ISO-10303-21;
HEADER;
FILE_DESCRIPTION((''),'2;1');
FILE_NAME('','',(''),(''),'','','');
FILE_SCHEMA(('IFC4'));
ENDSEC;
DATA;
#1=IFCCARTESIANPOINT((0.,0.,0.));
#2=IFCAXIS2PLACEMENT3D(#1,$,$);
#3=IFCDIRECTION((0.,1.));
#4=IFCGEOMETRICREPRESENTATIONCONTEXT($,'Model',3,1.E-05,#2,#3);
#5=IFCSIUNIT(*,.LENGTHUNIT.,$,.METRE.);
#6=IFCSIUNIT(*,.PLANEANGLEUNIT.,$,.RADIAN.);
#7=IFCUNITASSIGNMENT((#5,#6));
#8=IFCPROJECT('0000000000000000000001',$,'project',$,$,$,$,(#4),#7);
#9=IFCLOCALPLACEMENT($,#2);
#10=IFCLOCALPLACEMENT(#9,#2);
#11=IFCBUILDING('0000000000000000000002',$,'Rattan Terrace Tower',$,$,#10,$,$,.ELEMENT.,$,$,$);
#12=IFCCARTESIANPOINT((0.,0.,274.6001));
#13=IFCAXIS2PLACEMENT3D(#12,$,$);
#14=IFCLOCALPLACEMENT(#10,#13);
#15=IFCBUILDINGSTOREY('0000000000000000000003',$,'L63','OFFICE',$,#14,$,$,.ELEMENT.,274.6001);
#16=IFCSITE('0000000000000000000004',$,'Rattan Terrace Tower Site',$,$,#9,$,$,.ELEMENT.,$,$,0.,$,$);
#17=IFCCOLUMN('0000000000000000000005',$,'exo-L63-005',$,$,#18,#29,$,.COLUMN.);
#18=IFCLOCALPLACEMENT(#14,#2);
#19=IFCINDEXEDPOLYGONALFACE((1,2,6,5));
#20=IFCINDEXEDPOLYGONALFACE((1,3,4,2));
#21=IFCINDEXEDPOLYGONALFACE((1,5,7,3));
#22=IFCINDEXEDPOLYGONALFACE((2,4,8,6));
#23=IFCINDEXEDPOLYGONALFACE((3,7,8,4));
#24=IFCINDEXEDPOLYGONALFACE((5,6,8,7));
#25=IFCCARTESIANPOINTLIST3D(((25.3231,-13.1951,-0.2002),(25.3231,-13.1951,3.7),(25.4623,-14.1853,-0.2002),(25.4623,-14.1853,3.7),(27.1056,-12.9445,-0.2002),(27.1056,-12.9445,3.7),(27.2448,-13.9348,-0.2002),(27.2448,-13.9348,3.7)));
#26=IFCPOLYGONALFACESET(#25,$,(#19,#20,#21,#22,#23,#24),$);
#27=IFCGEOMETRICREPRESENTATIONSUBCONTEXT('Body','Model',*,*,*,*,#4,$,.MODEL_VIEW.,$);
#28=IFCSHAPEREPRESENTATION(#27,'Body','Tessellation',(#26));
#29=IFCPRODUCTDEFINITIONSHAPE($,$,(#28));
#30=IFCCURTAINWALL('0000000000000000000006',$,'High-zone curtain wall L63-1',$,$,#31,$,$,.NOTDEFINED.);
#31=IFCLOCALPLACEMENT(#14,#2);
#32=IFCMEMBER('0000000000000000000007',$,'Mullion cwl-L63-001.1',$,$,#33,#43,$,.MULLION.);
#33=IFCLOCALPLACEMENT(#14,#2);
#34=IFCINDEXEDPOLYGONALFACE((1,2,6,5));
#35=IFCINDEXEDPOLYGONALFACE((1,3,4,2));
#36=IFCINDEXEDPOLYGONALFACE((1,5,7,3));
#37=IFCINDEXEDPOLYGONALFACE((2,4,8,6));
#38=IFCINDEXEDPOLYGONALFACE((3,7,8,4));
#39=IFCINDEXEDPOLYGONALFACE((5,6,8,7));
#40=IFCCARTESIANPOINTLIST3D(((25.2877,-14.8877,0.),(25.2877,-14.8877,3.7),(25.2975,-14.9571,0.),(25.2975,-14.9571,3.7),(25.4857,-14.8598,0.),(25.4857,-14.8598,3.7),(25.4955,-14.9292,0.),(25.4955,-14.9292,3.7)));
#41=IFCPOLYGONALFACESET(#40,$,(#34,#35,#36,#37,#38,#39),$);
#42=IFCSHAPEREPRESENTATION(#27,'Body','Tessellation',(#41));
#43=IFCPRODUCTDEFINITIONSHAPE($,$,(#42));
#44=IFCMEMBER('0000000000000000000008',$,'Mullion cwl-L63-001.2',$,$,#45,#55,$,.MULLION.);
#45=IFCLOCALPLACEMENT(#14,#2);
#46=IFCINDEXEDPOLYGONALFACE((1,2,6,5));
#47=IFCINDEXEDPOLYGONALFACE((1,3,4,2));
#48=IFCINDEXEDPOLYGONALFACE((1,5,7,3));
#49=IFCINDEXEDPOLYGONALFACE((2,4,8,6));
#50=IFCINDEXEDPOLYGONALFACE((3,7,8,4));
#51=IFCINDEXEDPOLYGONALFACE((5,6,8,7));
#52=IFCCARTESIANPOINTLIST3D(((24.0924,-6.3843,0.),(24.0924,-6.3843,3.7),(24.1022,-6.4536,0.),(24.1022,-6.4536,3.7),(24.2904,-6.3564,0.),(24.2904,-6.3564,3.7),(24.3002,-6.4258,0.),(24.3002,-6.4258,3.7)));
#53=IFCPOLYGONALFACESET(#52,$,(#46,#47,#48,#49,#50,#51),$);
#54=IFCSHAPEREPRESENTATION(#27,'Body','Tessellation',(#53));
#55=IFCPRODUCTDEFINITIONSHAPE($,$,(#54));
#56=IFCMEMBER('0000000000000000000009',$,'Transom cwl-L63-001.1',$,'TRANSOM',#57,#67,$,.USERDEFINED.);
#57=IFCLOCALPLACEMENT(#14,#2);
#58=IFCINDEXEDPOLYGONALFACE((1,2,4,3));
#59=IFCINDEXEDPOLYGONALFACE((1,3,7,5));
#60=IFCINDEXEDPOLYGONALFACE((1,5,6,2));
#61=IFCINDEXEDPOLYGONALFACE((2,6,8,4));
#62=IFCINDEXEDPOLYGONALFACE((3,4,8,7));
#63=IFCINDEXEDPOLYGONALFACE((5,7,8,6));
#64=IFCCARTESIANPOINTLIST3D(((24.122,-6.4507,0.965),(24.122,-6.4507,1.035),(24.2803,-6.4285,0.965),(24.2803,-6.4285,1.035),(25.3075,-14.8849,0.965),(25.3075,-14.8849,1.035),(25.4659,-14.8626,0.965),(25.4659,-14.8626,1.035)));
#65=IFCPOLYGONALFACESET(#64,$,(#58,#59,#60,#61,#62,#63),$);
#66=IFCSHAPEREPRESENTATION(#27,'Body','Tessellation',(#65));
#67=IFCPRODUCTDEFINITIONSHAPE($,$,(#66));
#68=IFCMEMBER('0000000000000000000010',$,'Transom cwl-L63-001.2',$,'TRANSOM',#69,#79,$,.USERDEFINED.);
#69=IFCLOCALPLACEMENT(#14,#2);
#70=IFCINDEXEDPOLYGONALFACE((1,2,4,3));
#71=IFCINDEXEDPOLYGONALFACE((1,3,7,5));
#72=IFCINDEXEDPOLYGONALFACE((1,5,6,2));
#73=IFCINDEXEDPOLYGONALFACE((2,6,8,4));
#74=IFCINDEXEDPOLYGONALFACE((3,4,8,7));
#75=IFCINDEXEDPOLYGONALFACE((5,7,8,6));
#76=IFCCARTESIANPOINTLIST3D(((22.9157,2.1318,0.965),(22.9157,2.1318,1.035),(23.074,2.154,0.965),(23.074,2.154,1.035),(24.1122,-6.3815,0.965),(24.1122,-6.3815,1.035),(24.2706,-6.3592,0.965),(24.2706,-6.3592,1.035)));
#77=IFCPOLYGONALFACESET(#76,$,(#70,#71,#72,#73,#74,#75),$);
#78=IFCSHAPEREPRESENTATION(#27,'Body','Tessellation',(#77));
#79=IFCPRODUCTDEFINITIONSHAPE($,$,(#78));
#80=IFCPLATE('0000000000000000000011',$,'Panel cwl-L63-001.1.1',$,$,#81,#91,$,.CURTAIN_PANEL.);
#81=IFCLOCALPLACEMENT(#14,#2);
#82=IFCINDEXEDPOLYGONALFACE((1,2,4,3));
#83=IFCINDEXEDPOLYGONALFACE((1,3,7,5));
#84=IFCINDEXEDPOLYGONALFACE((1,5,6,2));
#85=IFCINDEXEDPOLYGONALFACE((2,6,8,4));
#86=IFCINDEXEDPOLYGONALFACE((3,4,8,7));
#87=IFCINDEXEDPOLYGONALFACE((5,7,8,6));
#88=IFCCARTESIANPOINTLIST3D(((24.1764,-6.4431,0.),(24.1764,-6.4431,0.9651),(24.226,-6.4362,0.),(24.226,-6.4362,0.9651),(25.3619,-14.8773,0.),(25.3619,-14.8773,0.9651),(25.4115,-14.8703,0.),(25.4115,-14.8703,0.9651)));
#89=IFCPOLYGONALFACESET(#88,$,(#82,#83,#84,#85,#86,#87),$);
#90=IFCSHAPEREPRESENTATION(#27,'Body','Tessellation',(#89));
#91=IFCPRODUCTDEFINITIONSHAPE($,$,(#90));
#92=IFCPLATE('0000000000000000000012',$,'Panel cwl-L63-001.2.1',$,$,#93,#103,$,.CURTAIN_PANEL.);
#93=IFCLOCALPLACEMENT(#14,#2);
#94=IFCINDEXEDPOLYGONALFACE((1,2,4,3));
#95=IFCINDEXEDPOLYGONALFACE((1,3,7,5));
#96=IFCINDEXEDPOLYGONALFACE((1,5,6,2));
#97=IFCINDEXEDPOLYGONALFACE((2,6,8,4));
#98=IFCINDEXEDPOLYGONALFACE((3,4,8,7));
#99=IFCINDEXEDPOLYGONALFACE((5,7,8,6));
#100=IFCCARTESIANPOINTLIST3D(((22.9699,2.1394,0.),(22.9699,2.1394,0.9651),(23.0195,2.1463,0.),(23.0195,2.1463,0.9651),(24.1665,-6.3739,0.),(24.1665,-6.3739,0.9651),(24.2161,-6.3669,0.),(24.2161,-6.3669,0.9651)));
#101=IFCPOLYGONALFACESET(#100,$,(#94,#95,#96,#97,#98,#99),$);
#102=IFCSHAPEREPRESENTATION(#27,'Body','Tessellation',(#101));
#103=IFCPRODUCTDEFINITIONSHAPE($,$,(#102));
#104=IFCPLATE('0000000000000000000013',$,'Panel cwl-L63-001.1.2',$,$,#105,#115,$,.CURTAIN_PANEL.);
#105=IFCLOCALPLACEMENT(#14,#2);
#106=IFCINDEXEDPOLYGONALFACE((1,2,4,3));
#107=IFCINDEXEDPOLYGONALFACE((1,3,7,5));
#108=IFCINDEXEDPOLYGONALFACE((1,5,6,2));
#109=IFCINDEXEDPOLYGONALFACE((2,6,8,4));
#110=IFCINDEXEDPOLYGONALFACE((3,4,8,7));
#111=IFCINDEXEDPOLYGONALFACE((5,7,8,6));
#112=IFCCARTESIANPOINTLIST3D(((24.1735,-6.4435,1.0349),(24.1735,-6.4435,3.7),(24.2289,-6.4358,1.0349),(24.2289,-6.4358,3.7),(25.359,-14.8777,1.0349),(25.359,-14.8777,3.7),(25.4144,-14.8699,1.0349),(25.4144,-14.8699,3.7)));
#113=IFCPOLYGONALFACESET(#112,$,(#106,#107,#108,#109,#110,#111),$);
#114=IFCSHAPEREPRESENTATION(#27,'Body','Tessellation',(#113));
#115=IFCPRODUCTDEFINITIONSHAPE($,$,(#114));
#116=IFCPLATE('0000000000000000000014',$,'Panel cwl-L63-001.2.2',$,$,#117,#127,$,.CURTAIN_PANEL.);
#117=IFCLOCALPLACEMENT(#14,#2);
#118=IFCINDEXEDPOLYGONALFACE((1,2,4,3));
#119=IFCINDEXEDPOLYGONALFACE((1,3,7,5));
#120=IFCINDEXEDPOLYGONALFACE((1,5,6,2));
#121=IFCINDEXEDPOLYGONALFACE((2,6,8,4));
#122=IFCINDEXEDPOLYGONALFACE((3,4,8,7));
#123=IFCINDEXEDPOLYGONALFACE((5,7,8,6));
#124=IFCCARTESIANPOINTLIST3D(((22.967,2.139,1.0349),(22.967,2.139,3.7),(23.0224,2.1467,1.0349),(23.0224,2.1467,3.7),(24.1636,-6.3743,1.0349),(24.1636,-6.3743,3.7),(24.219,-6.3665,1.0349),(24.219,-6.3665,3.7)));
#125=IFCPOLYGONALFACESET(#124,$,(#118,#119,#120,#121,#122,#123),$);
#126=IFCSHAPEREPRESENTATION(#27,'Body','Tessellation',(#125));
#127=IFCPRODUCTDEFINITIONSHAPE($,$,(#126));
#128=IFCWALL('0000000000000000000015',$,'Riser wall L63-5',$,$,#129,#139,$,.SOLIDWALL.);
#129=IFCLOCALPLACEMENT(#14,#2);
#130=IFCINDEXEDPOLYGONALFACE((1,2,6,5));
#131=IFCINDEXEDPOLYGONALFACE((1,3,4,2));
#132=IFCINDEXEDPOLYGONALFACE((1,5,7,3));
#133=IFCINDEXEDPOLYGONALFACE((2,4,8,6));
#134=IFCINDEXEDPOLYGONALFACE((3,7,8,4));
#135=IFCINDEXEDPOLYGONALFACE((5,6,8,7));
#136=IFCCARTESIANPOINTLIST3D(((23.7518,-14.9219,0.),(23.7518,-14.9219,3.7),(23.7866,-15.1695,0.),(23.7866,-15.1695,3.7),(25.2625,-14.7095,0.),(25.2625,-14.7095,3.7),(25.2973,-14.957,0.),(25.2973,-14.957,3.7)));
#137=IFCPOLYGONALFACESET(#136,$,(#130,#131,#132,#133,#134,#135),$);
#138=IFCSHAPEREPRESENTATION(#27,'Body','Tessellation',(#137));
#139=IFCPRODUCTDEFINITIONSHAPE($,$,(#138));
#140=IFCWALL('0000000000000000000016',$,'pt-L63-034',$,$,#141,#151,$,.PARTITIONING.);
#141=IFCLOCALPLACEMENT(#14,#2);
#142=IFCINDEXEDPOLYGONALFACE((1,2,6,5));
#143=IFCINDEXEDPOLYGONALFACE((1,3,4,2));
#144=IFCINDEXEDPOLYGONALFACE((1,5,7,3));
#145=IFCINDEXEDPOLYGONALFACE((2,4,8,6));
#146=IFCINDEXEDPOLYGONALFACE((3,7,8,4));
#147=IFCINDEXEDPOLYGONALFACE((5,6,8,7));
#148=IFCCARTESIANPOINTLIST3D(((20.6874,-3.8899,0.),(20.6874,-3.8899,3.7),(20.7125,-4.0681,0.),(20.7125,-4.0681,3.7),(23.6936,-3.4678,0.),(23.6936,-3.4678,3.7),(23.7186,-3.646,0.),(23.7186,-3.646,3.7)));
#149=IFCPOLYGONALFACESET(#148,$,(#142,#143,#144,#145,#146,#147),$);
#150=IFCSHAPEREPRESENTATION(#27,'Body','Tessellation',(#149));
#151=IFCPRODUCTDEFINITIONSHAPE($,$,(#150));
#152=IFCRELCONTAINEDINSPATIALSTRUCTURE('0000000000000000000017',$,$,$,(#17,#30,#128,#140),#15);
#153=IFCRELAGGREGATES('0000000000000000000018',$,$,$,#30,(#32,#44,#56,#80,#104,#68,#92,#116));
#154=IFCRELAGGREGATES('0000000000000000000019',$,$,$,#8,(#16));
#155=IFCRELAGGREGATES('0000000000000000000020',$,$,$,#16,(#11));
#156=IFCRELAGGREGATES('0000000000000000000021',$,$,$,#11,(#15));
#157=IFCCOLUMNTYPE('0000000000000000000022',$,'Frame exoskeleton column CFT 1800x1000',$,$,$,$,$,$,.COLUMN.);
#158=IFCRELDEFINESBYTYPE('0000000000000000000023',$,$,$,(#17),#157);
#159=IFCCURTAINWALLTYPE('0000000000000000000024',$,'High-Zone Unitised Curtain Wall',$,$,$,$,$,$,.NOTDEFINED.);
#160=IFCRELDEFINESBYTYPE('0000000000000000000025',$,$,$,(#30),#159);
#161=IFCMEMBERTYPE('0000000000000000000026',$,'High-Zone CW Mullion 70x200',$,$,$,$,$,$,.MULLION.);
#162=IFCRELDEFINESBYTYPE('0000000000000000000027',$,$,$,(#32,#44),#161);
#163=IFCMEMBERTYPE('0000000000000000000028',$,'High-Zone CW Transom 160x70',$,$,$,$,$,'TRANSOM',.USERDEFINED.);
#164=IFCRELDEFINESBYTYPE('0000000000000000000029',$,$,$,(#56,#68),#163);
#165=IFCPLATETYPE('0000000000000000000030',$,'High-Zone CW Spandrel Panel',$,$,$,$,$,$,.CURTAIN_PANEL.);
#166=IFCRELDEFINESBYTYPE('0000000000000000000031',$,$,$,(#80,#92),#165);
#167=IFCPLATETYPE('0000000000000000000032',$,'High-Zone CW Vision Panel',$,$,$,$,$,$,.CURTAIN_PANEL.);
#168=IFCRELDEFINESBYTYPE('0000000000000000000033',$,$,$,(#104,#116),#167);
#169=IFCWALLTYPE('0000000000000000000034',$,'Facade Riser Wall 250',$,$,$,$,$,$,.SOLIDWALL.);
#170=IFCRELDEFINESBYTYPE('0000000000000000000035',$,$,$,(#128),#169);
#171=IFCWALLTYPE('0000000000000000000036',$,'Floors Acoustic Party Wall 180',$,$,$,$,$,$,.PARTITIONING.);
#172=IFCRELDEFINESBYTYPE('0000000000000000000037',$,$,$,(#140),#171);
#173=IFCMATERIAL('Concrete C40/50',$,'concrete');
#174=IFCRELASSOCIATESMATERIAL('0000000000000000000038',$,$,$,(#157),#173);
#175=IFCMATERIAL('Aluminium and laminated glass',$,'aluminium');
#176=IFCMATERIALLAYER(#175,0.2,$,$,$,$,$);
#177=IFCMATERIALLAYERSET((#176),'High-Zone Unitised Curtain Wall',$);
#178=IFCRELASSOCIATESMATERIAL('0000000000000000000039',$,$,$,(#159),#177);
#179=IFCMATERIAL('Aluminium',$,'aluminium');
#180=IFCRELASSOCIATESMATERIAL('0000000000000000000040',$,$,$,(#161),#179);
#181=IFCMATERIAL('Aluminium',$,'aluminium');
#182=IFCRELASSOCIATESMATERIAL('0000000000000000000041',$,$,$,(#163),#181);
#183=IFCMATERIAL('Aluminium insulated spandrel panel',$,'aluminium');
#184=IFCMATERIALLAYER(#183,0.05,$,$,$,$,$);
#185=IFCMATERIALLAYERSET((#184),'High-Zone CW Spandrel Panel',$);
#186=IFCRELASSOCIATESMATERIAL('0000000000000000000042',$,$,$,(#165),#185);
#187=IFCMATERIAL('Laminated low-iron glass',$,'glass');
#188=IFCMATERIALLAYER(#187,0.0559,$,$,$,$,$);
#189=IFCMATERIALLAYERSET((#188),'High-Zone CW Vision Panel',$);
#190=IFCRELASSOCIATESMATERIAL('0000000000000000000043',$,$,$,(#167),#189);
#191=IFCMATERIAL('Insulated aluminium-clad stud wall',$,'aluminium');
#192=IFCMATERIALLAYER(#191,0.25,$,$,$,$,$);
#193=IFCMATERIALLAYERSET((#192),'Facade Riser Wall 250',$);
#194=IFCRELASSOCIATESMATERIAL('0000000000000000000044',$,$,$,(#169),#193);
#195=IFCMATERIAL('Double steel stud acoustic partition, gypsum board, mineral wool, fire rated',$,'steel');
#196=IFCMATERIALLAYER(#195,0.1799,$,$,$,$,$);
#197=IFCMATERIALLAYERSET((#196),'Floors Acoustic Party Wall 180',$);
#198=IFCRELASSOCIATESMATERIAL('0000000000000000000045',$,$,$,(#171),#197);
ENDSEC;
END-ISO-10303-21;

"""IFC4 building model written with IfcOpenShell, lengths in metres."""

from ifc_helpers import new_model, si_unit, direction, frame, frame_2d, origin, origin_2d, place, context, subcontext, project, spatial, rectangle, extrude, material, layer, layer_set, material_profile, profile_set, type_object, element, aggregate, save


model = new_model("IFC4")

# Units and contexts
model_context = context("Model", 3, precision=1e-05, world=origin(), true_north=direction((0.0, 1.0)))
body_context = subcontext(model_context, "Body", "Model", "MODEL_VIEW")
ifc_project = project(units=[si_unit("LENGTHUNIT", "METRE"), si_unit("PLANEANGLEUNIT", "RADIAN")], contexts=[model_context])

# Site, building, storey
site_placement = place(None, origin())
site = spatial("IfcSite", under=ifc_project, at=site_placement, Name="Rattan Terrace Tower Site", CompositionType="ELEMENT", RefElevation=0.0)
building_placement = place(site_placement, origin())
building = spatial("IfcBuilding", under=site, at=building_placement, Name="Rattan Terrace Tower", CompositionType="ELEMENT")
storey_placement = place(building_placement, frame((0.0, 0.0, 274.6001)))
storey = spatial("IfcBuildingStorey", under=building, at=storey_placement, Name="L63", Description="OFFICE", CompositionType="ELEMENT", Elevation=274.6001)

# Column
ifc_material_1 = material(Name="Concrete C40/50", Category="concrete")
ifc_material_profile_1 = material_profile(ifc_material_1, rectangle(XDim=1.0, YDim=1.8, at=origin_2d()), Name="CFT 1800x1000")
ifc_profile_set_1 = profile_set([ifc_material_profile_1], Name="Concrete C40/50")
column_type = type_object("IfcColumnType", Name="Frame exoskeleton column CFT 1800x1000", PredefinedType="COLUMN", material=ifc_profile_set_1)
column_placement = place(storey_placement, frame((26.2839, -13.5649, -0.2002), z_axis=(0.0, 0.0, 1.0), x_axis=(-0.13919, 0.990266, 0.0)))
element("IfcColumn", 1, at=column_placement, inside=storey, type_object=column_type, Name="exo-L63-005", PredefinedType="COLUMN", context=body_context, shape_type="SweptSolid", body=[
    extrude(rectangle(XDim=1.0, YDim=1.8, at=origin_2d()), origin(), (0.0, 0.0, 1.0), 3.9001),
])

# Curtain wall, members, plates
ifc_material_2 = material(Name="Aluminium and laminated glass", Category="aluminium")
ifc_layer_1 = layer(ifc_material_2, 0.2)
ifc_layer_set_1 = layer_set([ifc_layer_1], Name="High-Zone Unitised Curtain Wall")
curtain_wall_type = type_object("IfcCurtainWallType", Name="High-Zone Unitised Curtain Wall", PredefinedType="NOTDEFINED", material=ifc_layer_set_1)
curtain_wall_placement = place(storey_placement, origin())
curtain_wall = element("IfcCurtainWall", 2, at=curtain_wall_placement, inside=storey, type_object=curtain_wall_type, Name="High-zone curtain wall L63-1", PredefinedType="NOTDEFINED")
ifc_material_3 = material(Name="Aluminium", Category="aluminium")
ifc_material_profile_2 = material_profile(ifc_material_3, rectangle(XDim=0.0701, YDim=0.2, at=origin_2d()), Name="Aluminium 70x200")
ifc_profile_set_2 = profile_set([ifc_material_profile_2], Name="Aluminium")
member_type_1 = type_object("IfcMemberType", Name="High-Zone CW Mullion 70x200", PredefinedType="MULLION", material=ifc_profile_set_2)
member_1_placement = place(storey_placement, frame((25.3916, -14.9084, 0.0), z_axis=(0.0, 0.0, 1.0), x_axis=(-0.139192, 0.990265, 0.0)))
member_1 = element("IfcMember", 3, at=member_1_placement, type_object=member_type_1, Name="Mullion cwl-L63-001.1", PredefinedType="MULLION", context=body_context, shape_type="SweptSolid", body=[
    extrude(rectangle(XDim=0.0701, YDim=0.2, at=origin_2d()), origin(), (0.0, 0.0, 1.0), 3.7),
])
member_2_placement = place(storey_placement, frame((24.1963, -6.405, 0.0), z_axis=(0.0, 0.0, 1.0), x_axis=(-0.139192, 0.990265, 0.0)))
member_2 = element("IfcMember", 4, at=member_2_placement, type_object=member_type_1, Name="Mullion cwl-L63-001.2", PredefinedType="MULLION", context=body_context, shape_type="SweptSolid", body=[
    extrude(rectangle(XDim=0.0701, YDim=0.2, at=origin_2d()), origin(), (0.0, 0.0, 1.0), 3.7),
])
ifc_material_4 = material(Name="Aluminium", Category="aluminium")
ifc_material_profile_3 = material_profile(ifc_material_4, rectangle(XDim=0.1599, YDim=0.0701, at=origin_2d()), Name="Aluminium 160x70")
ifc_profile_set_3 = profile_set([ifc_material_profile_3], Name="Aluminium")
member_type_2 = type_object("IfcMemberType", Name="High-Zone CW Transom 160x70", ElementType="TRANSOM", PredefinedType="USERDEFINED", material=ifc_profile_set_3)
member_3_placement = place(storey_placement, frame((25.3867, -14.8738, 1.0), z_axis=(-0.139198, 0.990265, 0.0), x_axis=(-0.990265, -0.139198, 0.0)))
member_3 = element("IfcMember", 5, at=member_3_placement, type_object=member_type_2, Name="Transom cwl-L63-001.1", ObjectType="TRANSOM", PredefinedType="USERDEFINED", context=body_context, shape_type="SweptSolid", body=[
    extrude(rectangle(XDim=0.1599, YDim=0.0701, at=origin_2d()), origin(), (0.0, 0.0, 1.0), 8.5171),
])
member_4_placement = place(storey_placement, frame((24.1914, -6.3704, 1.0), z_axis=(-0.139183, 0.990267, 0.0), x_axis=(-0.990267, -0.139183, 0.0)))
member_4 = element("IfcMember", 6, at=member_4_placement, type_object=member_type_2, Name="Transom cwl-L63-001.2", ObjectType="TRANSOM", PredefinedType="USERDEFINED", context=body_context, shape_type="SweptSolid", body=[
    extrude(rectangle(XDim=0.1599, YDim=0.0701, at=origin_2d()), origin(), (0.0, 0.0, 1.0), 8.5969),
])
ifc_material_5 = material(Name="Aluminium insulated spandrel panel", Category="aluminium")
ifc_layer_2 = layer(ifc_material_5, 0.05)
ifc_layer_set_2 = layer_set([ifc_layer_2], Name="High-Zone CW Spandrel Panel")
plate_type_1 = type_object("IfcPlateType", Name="High-Zone CW Spandrel Panel", PredefinedType="CURTAIN_PANEL", material=ifc_layer_set_2)
plate_1_placement = place(storey_placement, frame((24.7939, -10.6567, 0.0), z_axis=(0.0, 0.0, 1.0), x_axis=(-0.139192, 0.990265, 0.0)))
plate_1 = element("IfcPlate", 7, at=plate_1_placement, type_object=plate_type_1, Name="Panel cwl-L63-001.1.1", PredefinedType="CURTAIN_PANEL", context=body_context, shape_type="SweptSolid", body=[
    extrude(rectangle(XDim=8.5171, YDim=0.05, at=origin_2d()), origin(), (0.0, 0.0, 1.0), 0.9651),
])
plate_2_placement = place(storey_placement, frame((23.593, -2.1138, 0.0), z_axis=(0.0, 0.0, 1.0), x_axis=(-0.139192, 0.990265, 0.0)))
plate_2 = element("IfcPlate", 8, at=plate_2_placement, type_object=plate_type_1, Name="Panel cwl-L63-001.2.1", PredefinedType="CURTAIN_PANEL", context=body_context, shape_type="SweptSolid", body=[
    extrude(rectangle(XDim=8.5969, YDim=0.05, at=origin_2d()), origin(), (0.0, 0.0, 1.0), 0.9651),
])
ifc_material_6 = material(Name="Laminated low-iron glass", Category="glass")
ifc_layer_3 = layer(ifc_material_6, 0.0559)
ifc_layer_set_3 = layer_set([ifc_layer_3], Name="High-Zone CW Vision Panel")
plate_type_2 = type_object("IfcPlateType", Name="High-Zone CW Vision Panel", PredefinedType="CURTAIN_PANEL", material=ifc_layer_set_3)
plate_3_placement = place(storey_placement, frame((24.7939, -10.6567, 1.0349), z_axis=(0.0, 0.0, 1.0), x_axis=(-0.139192, 0.990265, 0.0)))
plate_3 = element("IfcPlate", 9, at=plate_3_placement, type_object=plate_type_2, Name="Panel cwl-L63-001.1.2", PredefinedType="CURTAIN_PANEL", context=body_context, shape_type="SweptSolid", body=[
    extrude(rectangle(XDim=8.5171, YDim=0.0559, at=origin_2d()), origin(), (0.0, 0.0, 1.0), 2.665),
])
plate_4_placement = place(storey_placement, frame((23.593, -2.1138, 1.0349), z_axis=(0.0, 0.0, 1.0), x_axis=(-0.139192, 0.990265, 0.0)))
plate_4 = element("IfcPlate", 10, at=plate_4_placement, type_object=plate_type_2, Name="Panel cwl-L63-001.2.2", PredefinedType="CURTAIN_PANEL", context=body_context, shape_type="SweptSolid", body=[
    extrude(rectangle(XDim=8.5969, YDim=0.0559, at=origin_2d()), origin(), (0.0, 0.0, 1.0), 2.665),
])
aggregate(curtain_wall, [member_1, member_2, member_3, plate_1, plate_3, member_4, plate_2, plate_4])

# Walls
ifc_material_7 = material(Name="Insulated aluminium-clad stud wall", Category="aluminium")
ifc_layer_4 = layer(ifc_material_7, 0.25)
ifc_layer_set_4 = layer_set([ifc_layer_4], Name="Facade Riser Wall 250")
wall_type_1 = type_object("IfcWallType", Name="Facade Riser Wall 250", PredefinedType="SOLIDWALL", material=ifc_layer_set_4)
wall_1_placement = place(storey_placement, frame((23.7693, -15.0457, 0.0), z_axis=(0.0, 0.0, 1.0), x_axis=(0.990261, 0.139225, 0.0)))
element("IfcWall", 11, at=wall_1_placement, inside=storey, type_object=wall_type_1, Name="Riser wall L63-5", PredefinedType="SOLIDWALL", context=body_context, shape_type="SweptSolid", body=[
    extrude(rectangle(XDim=1.5256, YDim=0.25, at=frame_2d((0.7627, 0.0))), origin(), (0.0, 0.0, 1.0), 3.7),
])
ifc_material_8 = material(Name="Double steel stud acoustic partition, gypsum board, mineral wool, fire rated", Category="steel")
ifc_layer_5 = layer(ifc_material_8, 0.1799)
ifc_layer_set_5 = layer_set([ifc_layer_5], Name="Floors Acoustic Party Wall 180")
wall_type_2 = type_object("IfcWallType", Name="Floors Acoustic Party Wall 180", PredefinedType="PARTITIONING", material=ifc_layer_set_5)
wall_2_placement = place(storey_placement, frame((20.7, -3.979, 0.0), z_axis=(0.0, 0.0, 1.0), x_axis=(0.990284, 0.139056, 0.0)))
element("IfcWall", 12, at=wall_2_placement, inside=storey, type_object=wall_type_2, Name="pt-L63-034", PredefinedType="PARTITIONING", context=body_context, shape_type="SweptSolid", body=[
    extrude(rectangle(XDim=3.0356, YDim=0.1799, at=frame_2d((1.5178, 0.0))), origin(), (0.0, 0.0, 1.0), 3.7),
])

save(model, "model.ifc")
